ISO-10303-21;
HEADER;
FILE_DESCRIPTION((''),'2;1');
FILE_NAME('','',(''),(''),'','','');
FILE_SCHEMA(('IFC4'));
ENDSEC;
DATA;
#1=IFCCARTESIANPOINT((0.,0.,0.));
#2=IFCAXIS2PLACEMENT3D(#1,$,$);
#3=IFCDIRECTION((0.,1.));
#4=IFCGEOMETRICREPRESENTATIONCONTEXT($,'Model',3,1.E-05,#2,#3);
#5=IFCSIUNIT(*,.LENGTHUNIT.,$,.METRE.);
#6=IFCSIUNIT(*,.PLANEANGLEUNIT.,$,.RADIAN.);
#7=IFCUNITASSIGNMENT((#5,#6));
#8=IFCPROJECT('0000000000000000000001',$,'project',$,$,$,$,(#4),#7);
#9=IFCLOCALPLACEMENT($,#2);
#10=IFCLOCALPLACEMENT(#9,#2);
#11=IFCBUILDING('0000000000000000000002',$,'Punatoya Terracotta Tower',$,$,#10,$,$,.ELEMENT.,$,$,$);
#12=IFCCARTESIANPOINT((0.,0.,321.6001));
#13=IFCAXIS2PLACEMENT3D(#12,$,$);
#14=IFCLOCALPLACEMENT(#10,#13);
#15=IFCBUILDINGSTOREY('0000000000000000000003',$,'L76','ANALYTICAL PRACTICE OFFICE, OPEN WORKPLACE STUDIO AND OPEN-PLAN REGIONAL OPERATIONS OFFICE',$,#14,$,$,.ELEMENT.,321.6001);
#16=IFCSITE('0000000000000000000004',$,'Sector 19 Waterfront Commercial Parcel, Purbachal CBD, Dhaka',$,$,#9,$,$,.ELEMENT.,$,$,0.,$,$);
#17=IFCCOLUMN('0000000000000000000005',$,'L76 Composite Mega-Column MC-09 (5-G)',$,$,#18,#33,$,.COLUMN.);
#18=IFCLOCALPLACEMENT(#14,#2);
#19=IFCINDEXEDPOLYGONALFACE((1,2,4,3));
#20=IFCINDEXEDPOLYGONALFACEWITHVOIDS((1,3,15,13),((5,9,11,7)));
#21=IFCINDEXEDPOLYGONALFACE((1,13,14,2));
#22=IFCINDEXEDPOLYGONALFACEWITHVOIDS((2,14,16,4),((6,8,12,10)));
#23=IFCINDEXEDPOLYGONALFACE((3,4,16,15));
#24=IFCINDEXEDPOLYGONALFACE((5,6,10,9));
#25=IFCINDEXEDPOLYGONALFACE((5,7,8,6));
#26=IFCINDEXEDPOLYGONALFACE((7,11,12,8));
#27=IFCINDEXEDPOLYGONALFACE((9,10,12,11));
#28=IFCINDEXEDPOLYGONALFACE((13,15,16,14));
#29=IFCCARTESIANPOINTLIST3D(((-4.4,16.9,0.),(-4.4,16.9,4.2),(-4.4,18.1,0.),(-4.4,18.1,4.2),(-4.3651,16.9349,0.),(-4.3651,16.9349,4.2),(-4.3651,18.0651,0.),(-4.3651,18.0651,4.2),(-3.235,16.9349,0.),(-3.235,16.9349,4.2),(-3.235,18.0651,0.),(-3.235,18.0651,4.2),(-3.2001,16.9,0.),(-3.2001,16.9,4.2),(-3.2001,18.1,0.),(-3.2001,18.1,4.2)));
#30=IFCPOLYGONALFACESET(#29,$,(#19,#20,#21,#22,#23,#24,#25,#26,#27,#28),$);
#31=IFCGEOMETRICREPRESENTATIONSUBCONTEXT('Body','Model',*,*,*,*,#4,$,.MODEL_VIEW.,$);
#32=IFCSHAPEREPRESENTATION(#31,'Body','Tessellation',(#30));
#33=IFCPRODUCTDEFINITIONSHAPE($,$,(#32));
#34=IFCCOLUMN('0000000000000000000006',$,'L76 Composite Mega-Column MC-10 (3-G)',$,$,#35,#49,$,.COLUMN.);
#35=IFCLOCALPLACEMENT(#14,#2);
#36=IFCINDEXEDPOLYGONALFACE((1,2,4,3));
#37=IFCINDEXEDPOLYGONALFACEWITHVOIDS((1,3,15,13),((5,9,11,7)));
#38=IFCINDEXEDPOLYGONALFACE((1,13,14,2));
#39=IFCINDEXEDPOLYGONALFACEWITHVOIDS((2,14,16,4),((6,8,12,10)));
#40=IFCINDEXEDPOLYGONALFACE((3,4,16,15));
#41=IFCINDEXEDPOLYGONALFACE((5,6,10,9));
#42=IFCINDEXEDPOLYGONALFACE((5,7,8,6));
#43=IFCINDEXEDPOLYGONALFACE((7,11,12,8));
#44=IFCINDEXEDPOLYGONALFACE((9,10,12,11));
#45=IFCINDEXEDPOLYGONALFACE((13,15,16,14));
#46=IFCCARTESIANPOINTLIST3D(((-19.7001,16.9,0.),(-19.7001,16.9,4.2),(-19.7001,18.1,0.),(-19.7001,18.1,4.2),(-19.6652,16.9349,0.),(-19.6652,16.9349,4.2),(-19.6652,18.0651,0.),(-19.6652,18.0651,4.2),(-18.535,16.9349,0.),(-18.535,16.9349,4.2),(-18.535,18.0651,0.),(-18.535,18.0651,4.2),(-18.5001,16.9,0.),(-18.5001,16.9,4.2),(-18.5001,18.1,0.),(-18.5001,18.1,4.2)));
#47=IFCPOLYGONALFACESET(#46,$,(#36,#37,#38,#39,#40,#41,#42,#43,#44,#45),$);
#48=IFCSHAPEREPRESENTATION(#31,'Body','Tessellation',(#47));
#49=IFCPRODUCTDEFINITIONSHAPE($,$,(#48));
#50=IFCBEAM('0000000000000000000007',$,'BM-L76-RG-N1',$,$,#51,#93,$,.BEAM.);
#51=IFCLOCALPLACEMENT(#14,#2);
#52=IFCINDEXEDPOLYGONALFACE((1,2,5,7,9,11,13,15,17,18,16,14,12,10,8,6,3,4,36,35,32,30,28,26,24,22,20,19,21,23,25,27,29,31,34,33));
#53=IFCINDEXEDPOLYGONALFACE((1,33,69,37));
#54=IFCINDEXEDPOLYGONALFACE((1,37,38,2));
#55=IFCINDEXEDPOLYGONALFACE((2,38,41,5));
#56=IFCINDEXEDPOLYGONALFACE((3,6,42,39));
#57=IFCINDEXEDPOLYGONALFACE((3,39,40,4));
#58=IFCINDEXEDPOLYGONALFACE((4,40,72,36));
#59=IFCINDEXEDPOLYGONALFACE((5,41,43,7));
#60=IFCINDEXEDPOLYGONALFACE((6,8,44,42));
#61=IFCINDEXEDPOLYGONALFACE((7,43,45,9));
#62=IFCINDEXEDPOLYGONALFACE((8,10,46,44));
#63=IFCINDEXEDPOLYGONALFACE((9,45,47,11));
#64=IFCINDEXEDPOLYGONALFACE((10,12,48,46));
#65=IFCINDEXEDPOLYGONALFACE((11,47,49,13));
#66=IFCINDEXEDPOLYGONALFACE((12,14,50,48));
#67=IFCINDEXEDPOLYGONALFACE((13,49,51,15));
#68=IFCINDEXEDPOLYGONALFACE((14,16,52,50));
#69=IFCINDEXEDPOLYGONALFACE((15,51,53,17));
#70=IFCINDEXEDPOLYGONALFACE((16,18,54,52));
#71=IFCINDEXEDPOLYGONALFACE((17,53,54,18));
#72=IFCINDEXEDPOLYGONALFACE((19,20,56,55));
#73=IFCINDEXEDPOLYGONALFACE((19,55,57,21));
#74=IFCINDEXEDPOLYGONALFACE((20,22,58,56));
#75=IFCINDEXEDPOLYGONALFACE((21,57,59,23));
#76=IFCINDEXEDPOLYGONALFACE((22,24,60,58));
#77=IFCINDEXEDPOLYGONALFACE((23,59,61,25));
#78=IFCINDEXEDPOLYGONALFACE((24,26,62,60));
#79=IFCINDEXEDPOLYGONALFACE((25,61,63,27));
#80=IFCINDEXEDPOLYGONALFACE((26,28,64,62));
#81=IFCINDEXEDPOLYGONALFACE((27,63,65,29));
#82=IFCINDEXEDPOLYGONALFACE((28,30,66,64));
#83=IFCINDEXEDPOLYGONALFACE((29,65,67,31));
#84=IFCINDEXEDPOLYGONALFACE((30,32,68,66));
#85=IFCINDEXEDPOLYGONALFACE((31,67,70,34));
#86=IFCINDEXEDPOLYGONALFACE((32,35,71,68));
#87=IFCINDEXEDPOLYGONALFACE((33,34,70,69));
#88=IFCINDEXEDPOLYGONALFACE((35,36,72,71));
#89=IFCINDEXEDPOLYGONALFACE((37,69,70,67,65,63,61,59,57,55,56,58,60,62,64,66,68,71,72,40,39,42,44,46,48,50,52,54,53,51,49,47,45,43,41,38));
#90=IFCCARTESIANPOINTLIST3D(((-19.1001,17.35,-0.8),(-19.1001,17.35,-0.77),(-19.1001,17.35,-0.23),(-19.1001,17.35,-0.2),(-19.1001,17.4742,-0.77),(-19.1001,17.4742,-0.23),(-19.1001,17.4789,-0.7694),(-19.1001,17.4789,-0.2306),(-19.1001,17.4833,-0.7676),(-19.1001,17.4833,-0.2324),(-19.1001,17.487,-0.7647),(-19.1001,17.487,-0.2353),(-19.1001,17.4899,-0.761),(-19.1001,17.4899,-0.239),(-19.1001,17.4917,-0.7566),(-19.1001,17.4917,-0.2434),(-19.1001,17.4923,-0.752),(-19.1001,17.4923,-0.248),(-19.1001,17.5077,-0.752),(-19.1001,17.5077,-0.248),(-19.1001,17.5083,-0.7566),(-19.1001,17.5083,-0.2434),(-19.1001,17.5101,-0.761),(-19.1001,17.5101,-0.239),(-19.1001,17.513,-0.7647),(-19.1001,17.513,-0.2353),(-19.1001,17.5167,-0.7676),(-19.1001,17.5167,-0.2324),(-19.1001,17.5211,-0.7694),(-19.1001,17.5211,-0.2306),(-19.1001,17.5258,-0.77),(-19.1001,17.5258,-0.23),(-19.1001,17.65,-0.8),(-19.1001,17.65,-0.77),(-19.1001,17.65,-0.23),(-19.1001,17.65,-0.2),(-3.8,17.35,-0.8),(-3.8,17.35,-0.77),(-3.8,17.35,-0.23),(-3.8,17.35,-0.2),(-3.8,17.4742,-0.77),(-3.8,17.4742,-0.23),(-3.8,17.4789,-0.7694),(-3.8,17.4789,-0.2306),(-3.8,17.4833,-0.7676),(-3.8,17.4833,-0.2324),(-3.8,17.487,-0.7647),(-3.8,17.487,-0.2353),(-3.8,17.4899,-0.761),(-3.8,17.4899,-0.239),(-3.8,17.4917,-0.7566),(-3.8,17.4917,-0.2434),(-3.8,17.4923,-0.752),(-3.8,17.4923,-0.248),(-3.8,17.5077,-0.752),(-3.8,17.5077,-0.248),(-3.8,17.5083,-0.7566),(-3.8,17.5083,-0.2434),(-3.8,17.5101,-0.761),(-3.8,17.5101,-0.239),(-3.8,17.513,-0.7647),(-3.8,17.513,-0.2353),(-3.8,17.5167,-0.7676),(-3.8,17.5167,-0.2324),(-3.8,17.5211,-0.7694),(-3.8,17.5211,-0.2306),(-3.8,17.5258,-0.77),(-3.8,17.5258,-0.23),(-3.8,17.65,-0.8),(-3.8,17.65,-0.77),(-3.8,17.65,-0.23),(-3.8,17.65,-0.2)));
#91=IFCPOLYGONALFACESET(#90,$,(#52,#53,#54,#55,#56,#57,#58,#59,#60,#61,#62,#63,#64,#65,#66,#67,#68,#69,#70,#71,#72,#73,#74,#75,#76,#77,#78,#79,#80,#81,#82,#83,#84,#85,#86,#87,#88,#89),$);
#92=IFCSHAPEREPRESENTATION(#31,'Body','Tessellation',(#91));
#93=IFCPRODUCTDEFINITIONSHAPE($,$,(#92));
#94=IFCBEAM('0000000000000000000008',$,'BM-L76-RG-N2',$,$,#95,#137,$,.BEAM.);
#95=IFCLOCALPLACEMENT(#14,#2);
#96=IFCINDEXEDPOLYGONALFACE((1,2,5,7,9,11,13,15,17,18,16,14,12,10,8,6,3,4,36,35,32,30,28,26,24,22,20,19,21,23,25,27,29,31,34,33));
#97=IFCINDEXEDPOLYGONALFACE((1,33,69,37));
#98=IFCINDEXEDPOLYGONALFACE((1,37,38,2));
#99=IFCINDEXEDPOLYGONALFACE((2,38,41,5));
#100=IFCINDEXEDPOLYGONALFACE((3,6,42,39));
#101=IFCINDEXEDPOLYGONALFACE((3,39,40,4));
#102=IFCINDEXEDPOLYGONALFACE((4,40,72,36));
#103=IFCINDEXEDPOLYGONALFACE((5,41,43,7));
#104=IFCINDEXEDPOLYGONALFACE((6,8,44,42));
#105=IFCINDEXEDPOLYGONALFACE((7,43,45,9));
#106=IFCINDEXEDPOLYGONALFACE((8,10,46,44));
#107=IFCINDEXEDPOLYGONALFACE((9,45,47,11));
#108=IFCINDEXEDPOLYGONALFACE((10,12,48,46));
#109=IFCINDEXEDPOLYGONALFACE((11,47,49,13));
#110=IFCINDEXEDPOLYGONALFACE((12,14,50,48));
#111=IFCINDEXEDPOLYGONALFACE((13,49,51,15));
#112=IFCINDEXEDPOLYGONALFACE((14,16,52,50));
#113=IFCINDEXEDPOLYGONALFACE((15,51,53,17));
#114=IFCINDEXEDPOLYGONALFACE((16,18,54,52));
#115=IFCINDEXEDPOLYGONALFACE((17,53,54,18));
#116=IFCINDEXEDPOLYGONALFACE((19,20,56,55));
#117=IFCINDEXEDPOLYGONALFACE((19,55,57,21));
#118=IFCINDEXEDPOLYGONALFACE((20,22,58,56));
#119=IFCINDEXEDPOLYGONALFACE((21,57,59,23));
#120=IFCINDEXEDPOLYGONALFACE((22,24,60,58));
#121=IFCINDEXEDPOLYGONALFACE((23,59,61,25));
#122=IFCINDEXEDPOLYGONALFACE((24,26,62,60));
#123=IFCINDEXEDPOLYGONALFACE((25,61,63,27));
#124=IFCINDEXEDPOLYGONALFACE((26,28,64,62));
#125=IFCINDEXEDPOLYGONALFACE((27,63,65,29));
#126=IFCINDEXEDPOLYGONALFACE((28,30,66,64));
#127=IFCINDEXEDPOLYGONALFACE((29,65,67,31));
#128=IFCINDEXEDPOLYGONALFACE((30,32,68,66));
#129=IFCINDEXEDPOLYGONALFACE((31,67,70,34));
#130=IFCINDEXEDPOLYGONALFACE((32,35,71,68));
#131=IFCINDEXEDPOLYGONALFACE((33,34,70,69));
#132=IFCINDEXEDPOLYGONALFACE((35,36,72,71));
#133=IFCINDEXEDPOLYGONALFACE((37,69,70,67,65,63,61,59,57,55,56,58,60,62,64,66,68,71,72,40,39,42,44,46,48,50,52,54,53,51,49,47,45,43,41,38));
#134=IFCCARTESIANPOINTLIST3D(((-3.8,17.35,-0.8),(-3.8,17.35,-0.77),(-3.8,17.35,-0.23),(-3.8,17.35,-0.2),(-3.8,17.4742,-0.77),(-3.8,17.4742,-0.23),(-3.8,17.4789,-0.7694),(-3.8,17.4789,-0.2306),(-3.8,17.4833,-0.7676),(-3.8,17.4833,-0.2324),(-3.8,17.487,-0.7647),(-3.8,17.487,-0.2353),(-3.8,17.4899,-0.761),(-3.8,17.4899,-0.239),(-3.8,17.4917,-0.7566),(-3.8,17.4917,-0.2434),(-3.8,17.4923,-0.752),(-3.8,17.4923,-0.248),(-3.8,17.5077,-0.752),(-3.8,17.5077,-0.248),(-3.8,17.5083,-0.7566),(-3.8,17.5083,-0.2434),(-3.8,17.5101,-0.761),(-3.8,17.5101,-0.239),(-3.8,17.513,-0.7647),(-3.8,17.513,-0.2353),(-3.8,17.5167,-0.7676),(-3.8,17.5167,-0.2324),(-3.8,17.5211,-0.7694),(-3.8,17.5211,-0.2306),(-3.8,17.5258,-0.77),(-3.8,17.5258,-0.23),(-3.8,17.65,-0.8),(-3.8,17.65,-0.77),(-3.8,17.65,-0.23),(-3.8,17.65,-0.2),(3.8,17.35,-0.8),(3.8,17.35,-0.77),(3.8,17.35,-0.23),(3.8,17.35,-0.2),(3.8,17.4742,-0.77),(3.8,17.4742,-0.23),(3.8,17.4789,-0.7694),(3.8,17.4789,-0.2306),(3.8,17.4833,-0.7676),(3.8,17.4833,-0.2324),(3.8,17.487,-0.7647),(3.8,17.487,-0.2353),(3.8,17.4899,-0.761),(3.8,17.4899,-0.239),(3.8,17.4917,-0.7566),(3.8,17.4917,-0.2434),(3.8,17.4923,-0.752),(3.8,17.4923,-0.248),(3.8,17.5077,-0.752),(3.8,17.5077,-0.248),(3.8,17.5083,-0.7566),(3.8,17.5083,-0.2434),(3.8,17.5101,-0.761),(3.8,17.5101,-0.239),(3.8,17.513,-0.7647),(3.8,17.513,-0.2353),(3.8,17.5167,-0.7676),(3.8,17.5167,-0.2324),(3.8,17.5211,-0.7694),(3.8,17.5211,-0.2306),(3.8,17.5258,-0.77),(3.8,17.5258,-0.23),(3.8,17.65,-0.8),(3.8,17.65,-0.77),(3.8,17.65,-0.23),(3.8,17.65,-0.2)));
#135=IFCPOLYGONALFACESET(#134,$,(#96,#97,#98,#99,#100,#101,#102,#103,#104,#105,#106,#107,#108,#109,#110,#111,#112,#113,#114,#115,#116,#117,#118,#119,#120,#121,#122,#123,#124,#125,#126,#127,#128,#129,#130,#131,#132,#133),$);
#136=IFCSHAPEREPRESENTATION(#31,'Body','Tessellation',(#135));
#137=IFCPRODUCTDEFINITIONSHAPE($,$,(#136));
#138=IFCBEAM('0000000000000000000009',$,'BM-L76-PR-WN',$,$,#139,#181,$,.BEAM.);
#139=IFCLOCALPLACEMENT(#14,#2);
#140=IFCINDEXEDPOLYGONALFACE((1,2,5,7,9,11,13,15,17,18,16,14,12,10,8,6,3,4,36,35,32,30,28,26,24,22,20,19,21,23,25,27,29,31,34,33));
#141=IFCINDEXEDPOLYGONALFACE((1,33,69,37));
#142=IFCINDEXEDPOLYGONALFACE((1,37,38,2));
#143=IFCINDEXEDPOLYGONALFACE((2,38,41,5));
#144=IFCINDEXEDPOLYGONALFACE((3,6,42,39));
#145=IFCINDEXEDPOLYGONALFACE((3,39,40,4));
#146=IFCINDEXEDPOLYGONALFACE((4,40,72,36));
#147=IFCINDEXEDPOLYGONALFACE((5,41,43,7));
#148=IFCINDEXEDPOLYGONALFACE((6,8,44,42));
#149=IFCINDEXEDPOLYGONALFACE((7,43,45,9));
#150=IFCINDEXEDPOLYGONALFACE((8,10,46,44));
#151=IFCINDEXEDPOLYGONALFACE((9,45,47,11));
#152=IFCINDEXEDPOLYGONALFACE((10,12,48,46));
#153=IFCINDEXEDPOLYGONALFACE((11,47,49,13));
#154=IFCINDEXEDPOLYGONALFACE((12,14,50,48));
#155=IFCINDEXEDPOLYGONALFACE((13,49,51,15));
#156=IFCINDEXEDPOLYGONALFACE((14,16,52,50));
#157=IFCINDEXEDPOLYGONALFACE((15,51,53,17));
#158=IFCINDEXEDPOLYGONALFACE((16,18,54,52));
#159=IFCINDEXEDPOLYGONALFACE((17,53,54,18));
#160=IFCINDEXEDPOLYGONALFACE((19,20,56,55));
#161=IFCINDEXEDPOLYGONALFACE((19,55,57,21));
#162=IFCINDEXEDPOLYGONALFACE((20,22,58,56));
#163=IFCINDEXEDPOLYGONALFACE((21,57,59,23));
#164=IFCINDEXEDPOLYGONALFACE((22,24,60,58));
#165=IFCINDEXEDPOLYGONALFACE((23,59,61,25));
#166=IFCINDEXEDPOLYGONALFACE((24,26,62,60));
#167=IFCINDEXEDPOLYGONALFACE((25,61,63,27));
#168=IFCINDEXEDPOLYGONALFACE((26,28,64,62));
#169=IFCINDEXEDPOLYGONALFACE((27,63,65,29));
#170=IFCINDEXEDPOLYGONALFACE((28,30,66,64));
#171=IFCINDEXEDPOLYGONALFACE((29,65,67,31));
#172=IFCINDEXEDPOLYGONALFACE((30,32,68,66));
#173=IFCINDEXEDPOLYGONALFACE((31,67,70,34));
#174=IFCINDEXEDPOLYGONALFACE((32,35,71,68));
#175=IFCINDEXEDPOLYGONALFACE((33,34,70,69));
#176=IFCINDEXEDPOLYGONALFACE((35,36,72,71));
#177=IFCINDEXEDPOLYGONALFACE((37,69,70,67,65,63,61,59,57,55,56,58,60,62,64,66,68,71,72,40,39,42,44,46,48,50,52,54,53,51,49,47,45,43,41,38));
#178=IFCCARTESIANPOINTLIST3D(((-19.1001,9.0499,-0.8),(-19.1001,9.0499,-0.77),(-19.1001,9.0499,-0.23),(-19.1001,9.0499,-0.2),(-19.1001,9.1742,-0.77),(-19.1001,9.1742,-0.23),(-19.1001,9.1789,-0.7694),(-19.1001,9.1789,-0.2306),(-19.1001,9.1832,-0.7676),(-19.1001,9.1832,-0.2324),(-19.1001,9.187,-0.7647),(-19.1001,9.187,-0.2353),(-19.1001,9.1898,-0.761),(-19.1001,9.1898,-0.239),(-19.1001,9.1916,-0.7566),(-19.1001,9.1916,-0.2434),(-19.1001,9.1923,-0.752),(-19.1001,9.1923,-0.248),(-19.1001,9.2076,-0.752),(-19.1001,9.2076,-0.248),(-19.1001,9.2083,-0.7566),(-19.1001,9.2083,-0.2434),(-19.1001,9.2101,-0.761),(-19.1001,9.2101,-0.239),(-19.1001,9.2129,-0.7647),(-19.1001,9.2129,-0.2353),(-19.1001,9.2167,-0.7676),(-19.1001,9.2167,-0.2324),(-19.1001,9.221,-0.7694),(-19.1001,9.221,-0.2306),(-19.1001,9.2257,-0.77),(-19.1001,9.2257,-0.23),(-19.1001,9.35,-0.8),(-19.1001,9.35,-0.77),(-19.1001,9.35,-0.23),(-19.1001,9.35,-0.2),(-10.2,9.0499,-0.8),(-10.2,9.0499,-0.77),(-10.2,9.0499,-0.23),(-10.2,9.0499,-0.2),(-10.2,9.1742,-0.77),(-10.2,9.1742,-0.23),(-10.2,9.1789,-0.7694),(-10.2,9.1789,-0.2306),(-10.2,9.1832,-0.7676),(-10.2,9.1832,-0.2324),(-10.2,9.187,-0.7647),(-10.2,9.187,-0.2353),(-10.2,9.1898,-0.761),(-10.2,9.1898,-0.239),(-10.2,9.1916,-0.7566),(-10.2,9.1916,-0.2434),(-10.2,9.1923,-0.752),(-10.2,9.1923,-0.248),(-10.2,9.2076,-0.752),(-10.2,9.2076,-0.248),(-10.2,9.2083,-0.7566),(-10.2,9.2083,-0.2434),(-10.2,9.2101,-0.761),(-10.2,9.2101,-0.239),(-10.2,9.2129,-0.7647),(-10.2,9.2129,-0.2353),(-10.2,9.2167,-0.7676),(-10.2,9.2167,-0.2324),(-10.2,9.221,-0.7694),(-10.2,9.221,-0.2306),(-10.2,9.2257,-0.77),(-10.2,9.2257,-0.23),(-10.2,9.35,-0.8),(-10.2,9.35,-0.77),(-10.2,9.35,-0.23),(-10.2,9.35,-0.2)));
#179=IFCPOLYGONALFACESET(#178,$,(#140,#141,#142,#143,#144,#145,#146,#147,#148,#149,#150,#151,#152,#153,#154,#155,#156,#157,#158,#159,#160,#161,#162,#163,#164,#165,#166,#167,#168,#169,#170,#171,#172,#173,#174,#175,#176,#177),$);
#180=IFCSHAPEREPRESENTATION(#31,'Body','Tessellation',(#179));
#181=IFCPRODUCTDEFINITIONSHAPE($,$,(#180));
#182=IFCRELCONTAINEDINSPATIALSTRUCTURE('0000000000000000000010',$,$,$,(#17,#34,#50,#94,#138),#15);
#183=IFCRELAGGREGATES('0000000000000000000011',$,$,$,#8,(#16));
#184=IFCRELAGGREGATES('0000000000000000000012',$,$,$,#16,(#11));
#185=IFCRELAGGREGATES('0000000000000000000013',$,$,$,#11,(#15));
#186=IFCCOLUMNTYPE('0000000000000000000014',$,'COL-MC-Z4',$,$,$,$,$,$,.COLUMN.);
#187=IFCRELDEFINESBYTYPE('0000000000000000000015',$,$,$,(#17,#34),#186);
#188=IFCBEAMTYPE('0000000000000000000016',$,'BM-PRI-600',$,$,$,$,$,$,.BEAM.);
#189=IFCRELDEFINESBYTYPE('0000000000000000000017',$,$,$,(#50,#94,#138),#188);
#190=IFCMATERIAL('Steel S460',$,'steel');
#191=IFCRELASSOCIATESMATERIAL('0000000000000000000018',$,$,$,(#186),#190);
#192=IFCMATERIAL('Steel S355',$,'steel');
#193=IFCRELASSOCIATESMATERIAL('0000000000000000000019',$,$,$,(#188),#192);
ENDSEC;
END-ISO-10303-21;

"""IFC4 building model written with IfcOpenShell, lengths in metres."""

from ifc_helpers import new_model, si_unit, direction, frame, origin, origin_2d, place, context, subcontext, project, spatial, hollow_rectangle, i_section, extrude, material, material_profile, profile_set, type_object, element, save


model = new_model("IFC4")

# Units and contexts
model_context = context("Model", 3, precision=1e-05, world=origin(), true_north=direction((0.0, 1.0)))
body_context = subcontext(model_context, "Body", "Model", "MODEL_VIEW")
ifc_project = project(units=[si_unit("LENGTHUNIT", "METRE"), si_unit("PLANEANGLEUNIT", "RADIAN")], contexts=[model_context])

# Site, building, storey
site_placement = place(None, origin())
site = spatial("IfcSite", under=ifc_project, at=site_placement, Name="Sector 19 Waterfront Commercial Parcel, Purbachal CBD, Dhaka", CompositionType="ELEMENT", RefElevation=0.0)
building_placement = place(site_placement, origin())
building = spatial("IfcBuilding", under=site, at=building_placement, Name="Punatoya Terracotta Tower", CompositionType="ELEMENT")
storey_placement = place(building_placement, frame((0.0, 0.0, 321.6001)))
storey = spatial("IfcBuildingStorey", under=building, at=storey_placement, Name="L76", Description="ANALYTICAL PRACTICE OFFICE, OPEN WORKPLACE STUDIO AND OPEN-PLAN REGIONAL OPERATIONS OFFICE", CompositionType="ELEMENT", Elevation=321.6001)

# Columns
ifc_material_1 = material(Name="Steel S460", Category="steel")
ifc_material_profile_1 = material_profile(ifc_material_1, hollow_rectangle(XDim=1.2, YDim=1.2, WallThickness=0.0349, at=origin_2d()))
ifc_profile_set_1 = profile_set([ifc_material_profile_1], Name="Steel S460")
column_type = type_object("IfcColumnType", Name="COL-MC-Z4", PredefinedType="COLUMN", material=ifc_profile_set_1)
for number, where, z_axis, x_axis, name in (
    (1, (-3.8, 17.5, 0.0), (0.0, 0.0, 1.0), (1.0, 0.0, 0.0), "L76 Composite Mega-Column MC-09 (5-G)"),
    (2, (-19.1001, 17.5, 0.0), (0.0, 0.0, 1.0), (1.0, 0.0, 0.0), "L76 Composite Mega-Column MC-10 (3-G)"),
):
    element("IfcColumn", number, at=place(storey_placement, frame(where, z_axis=z_axis, x_axis=x_axis)), inside=storey, type_object=column_type, Name=name, PredefinedType="COLUMN", context=body_context, shape_type="SweptSolid", body=[
        extrude(hollow_rectangle(XDim=1.2, YDim=1.2, WallThickness=0.0349, at=origin_2d()), origin(), (0.0, 0.0, 1.0), 4.2),
    ])

# Beams
ifc_material_2 = material(Name="Steel S355", Category="steel")
ifc_material_profile_2 = material_profile(ifc_material_2, i_section(OverallWidth=0.3, OverallDepth=0.6001, WebThickness=0.0154, FlangeThickness=0.03, FilletRadius=0.0181, at=origin_2d()))
ifc_profile_set_2 = profile_set([ifc_material_profile_2], Name="Steel S355")
beam_type_1 = type_object("IfcBeamType", Name="BM-PRI-600", PredefinedType="BEAM", material=ifc_profile_set_2)
beam_1_placement = place(storey_placement, frame((-19.1001, 17.5, -0.5), z_axis=(1.0, 0.0, 0.0), x_axis=(0.0, 1.0, 0.0)))
element("IfcBeam", 3, at=beam_1_placement, inside=storey, type_object=beam_type_1, Name="BM-L76-RG-N1", PredefinedType="BEAM", context=body_context, shape_type="SweptSolid", body=[
    extrude(i_section(OverallWidth=0.3, OverallDepth=0.6001, WebThickness=0.0154, FlangeThickness=0.03, FilletRadius=0.0181, at=origin_2d()), origin(), (0.0, 0.0, 1.0), 15.3),
])
beam_2_placement = place(storey_placement, frame((-3.8, 17.5, -0.5), z_axis=(1.0, 0.0, 0.0), x_axis=(0.0, 1.0, 0.0)))
element("IfcBeam", 4, at=beam_2_placement, inside=storey, type_object=beam_type_1, Name="BM-L76-RG-N2", PredefinedType="BEAM", context=body_context, shape_type="SweptSolid", body=[
    extrude(i_section(OverallWidth=0.3, OverallDepth=0.6001, WebThickness=0.0154, FlangeThickness=0.03, FilletRadius=0.0181, at=origin_2d()), origin(), (0.0, 0.0, 1.0), 7.6001),
])
beam_3_placement = place(storey_placement, frame((-19.1001, 9.2, -0.5), z_axis=(1.0, 0.0, 0.0), x_axis=(0.0, 1.0, 0.0)))
element("IfcBeam", 5, at=beam_3_placement, inside=storey, type_object=beam_type_1, Name="BM-L76-PR-WN", PredefinedType="BEAM", context=body_context, shape_type="SweptSolid", body=[
    extrude(i_section(OverallWidth=0.3, OverallDepth=0.6001, WebThickness=0.0154, FlangeThickness=0.03, FilletRadius=0.0181, at=origin_2d()), origin(), (0.0, 0.0, 1.0), 8.9001),
])

save(model, "model.ifc")
